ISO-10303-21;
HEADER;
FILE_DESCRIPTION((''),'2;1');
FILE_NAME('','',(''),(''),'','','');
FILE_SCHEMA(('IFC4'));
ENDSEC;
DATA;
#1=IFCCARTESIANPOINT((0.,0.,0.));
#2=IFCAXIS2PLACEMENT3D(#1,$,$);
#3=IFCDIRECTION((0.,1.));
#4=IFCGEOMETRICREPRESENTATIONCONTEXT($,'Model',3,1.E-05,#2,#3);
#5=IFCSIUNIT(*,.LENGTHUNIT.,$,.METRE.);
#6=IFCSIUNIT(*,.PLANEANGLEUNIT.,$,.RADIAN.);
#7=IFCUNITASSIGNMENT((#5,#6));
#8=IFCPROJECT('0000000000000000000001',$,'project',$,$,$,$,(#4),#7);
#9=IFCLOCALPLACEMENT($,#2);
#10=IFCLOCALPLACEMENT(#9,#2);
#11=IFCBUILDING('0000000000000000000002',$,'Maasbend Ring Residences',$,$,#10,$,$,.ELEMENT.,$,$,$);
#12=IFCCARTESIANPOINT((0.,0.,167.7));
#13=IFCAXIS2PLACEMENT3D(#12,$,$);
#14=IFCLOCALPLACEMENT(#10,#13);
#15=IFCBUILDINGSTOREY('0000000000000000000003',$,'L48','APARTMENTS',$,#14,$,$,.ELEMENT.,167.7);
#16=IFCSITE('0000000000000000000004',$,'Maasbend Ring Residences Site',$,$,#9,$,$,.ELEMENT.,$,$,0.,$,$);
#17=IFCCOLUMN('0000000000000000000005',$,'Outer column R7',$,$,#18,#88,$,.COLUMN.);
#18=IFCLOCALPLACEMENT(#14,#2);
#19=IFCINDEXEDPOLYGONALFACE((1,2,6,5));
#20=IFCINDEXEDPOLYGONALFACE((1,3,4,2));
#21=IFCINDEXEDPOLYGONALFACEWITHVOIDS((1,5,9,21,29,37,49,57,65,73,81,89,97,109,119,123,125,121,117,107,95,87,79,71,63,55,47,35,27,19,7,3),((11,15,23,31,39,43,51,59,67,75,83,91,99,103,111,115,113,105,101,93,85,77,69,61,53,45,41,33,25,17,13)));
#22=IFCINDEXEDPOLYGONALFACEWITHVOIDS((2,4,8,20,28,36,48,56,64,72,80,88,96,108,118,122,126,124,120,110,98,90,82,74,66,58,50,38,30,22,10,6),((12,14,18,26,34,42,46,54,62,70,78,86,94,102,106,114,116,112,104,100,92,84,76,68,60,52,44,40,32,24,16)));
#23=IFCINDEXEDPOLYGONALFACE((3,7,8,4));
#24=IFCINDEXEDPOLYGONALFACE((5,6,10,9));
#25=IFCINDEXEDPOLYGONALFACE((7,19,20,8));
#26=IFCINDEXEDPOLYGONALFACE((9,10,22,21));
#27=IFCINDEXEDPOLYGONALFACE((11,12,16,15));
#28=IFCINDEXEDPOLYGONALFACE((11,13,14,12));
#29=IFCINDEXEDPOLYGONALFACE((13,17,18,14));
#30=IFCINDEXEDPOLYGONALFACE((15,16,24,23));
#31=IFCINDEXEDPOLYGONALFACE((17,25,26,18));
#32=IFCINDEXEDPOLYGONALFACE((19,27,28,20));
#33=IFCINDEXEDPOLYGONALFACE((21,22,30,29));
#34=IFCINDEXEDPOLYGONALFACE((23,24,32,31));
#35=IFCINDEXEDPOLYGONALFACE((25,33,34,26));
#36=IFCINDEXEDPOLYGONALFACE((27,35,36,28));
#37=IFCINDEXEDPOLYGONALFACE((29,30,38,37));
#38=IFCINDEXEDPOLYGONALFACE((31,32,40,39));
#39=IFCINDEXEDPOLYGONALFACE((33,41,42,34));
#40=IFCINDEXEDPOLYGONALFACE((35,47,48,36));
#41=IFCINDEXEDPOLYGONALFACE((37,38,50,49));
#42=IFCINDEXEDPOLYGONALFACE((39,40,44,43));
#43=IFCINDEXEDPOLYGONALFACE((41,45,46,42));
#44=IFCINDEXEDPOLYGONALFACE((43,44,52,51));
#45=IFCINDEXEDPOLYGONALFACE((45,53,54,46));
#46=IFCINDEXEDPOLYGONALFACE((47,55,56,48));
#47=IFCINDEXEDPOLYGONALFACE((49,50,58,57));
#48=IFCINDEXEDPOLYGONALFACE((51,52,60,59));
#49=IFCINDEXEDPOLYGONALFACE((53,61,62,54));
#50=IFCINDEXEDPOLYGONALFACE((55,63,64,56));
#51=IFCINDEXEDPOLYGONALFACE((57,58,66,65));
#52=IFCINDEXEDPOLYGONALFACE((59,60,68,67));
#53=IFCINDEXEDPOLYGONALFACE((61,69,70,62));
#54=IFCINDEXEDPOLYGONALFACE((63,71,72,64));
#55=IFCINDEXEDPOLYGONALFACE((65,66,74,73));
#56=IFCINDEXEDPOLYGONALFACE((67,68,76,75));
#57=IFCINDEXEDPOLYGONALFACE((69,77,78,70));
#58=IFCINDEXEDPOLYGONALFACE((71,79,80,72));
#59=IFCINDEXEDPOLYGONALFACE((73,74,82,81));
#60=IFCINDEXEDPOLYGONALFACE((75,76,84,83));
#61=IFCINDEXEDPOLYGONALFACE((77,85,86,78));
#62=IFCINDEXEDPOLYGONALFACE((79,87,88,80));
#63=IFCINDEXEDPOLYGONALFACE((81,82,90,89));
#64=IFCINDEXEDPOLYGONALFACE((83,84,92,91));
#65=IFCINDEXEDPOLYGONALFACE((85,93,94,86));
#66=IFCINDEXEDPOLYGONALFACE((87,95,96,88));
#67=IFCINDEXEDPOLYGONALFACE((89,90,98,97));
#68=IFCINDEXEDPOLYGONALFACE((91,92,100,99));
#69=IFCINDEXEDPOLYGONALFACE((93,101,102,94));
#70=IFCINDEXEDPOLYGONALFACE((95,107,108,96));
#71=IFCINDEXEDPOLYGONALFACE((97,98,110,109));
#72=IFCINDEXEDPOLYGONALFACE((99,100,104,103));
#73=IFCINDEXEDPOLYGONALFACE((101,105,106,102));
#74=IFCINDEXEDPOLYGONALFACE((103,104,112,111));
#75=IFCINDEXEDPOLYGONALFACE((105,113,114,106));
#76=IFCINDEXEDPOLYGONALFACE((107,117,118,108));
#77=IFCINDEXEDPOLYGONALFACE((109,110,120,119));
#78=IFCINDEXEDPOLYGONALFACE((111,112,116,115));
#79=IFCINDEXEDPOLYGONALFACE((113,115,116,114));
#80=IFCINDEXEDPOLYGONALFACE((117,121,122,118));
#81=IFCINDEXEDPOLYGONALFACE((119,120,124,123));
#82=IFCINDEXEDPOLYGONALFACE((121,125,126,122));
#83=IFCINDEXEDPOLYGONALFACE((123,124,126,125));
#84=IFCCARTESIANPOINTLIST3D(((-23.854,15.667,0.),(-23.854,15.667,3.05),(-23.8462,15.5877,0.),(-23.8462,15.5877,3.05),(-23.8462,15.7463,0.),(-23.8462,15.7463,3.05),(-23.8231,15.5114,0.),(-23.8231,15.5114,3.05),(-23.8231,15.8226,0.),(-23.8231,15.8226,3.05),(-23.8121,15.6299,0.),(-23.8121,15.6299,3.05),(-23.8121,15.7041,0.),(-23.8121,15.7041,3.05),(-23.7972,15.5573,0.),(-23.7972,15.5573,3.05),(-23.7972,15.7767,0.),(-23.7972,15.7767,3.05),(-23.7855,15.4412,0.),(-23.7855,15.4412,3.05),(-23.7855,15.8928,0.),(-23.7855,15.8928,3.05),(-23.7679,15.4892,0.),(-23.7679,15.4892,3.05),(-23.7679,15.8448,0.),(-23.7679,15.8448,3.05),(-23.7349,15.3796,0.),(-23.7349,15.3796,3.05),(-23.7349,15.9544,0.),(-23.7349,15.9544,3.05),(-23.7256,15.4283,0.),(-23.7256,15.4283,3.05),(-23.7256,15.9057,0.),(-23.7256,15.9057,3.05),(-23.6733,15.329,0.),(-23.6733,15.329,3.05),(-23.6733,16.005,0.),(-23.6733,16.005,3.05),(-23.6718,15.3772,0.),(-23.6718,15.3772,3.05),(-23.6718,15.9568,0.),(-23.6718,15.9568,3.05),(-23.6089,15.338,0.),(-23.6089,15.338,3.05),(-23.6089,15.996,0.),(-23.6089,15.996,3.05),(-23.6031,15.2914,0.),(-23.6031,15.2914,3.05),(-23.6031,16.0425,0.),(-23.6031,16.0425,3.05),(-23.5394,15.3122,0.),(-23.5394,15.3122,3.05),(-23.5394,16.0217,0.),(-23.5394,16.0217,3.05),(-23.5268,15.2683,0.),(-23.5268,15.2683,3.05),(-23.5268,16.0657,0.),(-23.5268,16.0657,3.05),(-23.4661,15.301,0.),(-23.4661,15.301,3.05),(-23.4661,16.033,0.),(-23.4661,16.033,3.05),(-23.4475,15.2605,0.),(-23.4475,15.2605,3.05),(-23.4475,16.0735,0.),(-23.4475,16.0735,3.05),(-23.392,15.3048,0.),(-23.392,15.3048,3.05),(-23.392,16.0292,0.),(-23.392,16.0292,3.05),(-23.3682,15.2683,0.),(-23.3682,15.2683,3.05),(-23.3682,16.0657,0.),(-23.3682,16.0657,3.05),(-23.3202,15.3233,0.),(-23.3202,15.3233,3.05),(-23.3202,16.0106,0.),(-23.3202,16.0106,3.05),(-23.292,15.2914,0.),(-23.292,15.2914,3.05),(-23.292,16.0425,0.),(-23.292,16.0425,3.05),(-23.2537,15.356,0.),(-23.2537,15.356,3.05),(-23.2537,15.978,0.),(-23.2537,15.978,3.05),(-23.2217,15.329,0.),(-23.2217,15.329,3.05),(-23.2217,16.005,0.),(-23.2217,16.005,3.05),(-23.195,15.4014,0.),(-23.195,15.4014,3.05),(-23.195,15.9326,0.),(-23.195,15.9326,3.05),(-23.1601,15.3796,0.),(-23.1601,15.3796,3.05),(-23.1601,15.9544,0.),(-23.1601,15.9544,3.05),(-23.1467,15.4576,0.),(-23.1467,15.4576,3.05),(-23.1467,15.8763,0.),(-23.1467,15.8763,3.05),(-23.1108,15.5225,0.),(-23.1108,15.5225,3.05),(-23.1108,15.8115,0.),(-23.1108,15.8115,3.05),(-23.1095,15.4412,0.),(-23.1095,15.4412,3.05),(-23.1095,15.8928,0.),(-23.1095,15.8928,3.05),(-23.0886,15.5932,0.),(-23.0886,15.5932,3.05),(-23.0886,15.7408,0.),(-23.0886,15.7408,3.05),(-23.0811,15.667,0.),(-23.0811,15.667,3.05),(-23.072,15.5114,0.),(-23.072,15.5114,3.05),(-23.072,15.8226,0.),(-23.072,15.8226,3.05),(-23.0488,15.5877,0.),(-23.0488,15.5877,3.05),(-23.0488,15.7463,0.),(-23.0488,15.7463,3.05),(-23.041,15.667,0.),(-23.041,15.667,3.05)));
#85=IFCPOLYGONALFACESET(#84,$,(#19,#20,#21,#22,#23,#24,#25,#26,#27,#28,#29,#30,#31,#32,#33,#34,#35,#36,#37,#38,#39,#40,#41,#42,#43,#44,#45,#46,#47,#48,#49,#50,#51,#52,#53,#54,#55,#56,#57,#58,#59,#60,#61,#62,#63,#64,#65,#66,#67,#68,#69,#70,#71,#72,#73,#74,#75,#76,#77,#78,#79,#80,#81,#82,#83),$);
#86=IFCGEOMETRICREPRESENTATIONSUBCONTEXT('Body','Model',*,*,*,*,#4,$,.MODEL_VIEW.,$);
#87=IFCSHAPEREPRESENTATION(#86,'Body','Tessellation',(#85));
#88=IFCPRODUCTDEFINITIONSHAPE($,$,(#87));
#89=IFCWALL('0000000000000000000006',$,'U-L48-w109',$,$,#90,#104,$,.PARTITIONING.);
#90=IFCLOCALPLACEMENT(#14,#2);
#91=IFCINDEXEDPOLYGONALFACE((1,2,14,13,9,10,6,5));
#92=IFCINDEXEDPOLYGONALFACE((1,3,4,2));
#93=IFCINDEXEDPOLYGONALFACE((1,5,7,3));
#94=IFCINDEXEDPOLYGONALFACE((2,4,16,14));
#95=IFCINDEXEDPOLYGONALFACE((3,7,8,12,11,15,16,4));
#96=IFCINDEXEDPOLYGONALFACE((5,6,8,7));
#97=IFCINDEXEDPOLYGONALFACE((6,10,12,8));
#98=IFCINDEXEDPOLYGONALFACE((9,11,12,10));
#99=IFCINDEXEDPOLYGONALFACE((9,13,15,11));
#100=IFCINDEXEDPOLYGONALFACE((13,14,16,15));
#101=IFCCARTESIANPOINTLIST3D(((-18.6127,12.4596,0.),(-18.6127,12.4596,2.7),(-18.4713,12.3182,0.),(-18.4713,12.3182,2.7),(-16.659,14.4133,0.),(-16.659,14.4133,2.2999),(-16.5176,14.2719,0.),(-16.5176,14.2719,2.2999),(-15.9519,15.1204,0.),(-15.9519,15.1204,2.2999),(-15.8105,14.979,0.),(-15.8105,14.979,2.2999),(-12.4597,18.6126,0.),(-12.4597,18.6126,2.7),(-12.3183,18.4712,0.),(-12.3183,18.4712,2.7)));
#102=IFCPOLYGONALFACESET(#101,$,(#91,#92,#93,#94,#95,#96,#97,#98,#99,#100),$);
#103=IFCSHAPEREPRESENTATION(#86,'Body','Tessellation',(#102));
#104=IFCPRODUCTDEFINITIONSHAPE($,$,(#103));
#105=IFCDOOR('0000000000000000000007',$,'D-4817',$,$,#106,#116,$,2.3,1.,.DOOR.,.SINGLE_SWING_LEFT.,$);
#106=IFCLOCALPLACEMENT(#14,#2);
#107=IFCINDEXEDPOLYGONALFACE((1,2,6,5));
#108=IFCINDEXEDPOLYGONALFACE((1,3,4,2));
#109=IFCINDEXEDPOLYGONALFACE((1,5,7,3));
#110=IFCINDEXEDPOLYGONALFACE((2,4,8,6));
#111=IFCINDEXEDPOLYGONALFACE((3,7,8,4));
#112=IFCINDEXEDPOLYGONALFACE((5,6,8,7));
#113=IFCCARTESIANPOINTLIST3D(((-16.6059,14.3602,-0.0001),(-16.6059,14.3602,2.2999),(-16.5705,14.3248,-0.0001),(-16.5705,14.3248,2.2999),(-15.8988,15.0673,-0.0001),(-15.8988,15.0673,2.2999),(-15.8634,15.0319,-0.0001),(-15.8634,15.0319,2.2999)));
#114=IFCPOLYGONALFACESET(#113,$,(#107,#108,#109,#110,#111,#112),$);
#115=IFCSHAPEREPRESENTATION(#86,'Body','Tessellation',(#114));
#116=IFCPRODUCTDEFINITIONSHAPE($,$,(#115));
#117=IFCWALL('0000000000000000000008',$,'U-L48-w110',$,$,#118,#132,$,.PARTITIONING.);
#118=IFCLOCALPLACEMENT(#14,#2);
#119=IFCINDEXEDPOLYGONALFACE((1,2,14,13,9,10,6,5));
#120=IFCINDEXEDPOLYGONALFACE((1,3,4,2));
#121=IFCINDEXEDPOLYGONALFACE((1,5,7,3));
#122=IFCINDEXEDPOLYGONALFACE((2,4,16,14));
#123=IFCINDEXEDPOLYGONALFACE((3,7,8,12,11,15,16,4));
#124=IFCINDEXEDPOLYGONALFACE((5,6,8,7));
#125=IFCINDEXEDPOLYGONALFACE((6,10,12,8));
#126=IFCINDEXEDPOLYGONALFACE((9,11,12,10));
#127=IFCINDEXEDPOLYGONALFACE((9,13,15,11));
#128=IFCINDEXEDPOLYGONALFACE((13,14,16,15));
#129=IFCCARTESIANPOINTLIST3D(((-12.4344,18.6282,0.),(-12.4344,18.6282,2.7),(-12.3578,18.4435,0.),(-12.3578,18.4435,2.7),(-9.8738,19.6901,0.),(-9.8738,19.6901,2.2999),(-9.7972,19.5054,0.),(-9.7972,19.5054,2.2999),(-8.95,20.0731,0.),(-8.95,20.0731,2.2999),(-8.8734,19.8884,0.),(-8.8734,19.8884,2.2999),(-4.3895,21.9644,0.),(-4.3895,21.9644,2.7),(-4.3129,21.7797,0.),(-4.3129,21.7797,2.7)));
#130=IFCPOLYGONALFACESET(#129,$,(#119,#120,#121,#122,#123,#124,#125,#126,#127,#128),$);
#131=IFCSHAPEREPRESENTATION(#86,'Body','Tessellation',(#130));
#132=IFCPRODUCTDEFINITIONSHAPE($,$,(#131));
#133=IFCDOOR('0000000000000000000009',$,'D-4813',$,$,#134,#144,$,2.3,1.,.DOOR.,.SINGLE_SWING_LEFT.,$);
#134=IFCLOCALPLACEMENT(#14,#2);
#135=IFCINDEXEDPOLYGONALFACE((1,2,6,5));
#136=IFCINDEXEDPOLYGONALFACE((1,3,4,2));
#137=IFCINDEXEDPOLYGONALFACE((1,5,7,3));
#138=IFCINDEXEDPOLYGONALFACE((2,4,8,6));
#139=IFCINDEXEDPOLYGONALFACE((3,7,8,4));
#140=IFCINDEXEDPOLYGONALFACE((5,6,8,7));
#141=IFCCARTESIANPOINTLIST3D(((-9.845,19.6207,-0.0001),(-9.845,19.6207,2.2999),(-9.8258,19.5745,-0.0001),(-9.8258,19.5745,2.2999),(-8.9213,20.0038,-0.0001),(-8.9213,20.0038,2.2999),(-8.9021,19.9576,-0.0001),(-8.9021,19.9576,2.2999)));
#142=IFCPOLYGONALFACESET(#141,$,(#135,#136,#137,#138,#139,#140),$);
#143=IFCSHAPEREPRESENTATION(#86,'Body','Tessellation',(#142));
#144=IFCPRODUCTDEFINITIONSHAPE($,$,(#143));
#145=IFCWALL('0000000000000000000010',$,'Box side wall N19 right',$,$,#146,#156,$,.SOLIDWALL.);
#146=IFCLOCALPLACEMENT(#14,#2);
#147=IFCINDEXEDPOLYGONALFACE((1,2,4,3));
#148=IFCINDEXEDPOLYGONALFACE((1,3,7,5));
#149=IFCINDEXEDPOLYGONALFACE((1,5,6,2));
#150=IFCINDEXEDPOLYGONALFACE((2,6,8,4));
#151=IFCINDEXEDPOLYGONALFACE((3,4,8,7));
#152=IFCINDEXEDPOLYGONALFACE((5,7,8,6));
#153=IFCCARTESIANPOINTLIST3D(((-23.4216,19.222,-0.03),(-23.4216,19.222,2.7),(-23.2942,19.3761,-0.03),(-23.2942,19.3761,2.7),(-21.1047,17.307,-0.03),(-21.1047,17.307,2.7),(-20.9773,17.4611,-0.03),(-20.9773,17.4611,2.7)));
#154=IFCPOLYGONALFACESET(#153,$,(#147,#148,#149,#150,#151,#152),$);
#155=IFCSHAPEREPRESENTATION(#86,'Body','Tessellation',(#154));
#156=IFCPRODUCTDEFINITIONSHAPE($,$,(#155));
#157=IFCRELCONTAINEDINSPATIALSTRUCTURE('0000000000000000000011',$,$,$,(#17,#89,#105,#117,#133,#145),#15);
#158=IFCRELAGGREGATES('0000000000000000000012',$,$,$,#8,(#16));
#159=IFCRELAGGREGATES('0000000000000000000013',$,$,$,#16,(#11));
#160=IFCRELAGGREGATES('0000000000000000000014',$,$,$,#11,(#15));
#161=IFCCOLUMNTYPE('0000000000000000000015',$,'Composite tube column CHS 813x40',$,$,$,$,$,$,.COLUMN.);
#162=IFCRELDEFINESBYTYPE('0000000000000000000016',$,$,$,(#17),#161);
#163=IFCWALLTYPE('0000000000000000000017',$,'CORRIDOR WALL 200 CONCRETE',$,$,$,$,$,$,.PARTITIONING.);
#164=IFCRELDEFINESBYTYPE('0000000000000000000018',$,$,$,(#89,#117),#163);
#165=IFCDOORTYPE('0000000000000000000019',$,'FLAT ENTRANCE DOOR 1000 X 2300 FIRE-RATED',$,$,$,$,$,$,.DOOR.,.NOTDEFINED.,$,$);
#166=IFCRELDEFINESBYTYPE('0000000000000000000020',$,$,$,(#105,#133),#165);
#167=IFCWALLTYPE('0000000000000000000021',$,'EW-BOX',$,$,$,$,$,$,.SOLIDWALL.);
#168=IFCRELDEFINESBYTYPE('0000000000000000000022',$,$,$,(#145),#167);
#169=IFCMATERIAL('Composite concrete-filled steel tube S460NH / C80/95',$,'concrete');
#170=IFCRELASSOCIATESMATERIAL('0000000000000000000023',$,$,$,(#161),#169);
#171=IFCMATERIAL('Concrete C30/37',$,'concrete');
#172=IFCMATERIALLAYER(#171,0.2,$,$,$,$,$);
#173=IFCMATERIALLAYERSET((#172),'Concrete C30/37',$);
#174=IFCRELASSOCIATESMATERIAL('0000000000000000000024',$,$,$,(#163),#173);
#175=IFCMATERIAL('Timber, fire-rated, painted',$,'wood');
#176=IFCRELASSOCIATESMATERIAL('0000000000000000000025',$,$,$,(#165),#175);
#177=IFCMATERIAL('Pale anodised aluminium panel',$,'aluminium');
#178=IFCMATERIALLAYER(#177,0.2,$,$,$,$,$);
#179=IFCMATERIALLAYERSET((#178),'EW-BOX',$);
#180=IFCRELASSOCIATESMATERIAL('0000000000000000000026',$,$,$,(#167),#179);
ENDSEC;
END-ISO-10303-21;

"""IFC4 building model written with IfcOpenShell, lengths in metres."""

from ifc_helpers import new_model, si_unit, direction, frame, frame_2d, origin, origin_2d, place, context, subcontext, project, spatial, rectangle, hollow_circle, extrude, material, layer, layer_set, material_profile, profile_set, type_object, element, fill, save


model = new_model("IFC4")

# Units and contexts
model_context = context("Model", 3, precision=1e-05, world=origin(), true_north=direction((0.0, 1.0)))
body_context = subcontext(model_context, "Body", "Model", "MODEL_VIEW")
ifc_project = project(units=[si_unit("LENGTHUNIT", "METRE"), si_unit("PLANEANGLEUNIT", "RADIAN")], contexts=[model_context])

# Site, building, storey
site_placement = place(None, origin())
site = spatial("IfcSite", under=ifc_project, at=site_placement, Name="Maasbend Ring Residences Site", CompositionType="ELEMENT", RefElevation=0.0)
building_placement = place(site_placement, origin())
building = spatial("IfcBuilding", under=site, at=building_placement, Name="Maasbend Ring Residences", CompositionType="ELEMENT")
storey_placement = place(building_placement, frame((0.0, 0.0, 167.7)))
storey = spatial("IfcBuildingStorey", under=building, at=storey_placement, Name="L48", Description="APARTMENTS", CompositionType="ELEMENT", Elevation=167.7)

# Column
ifc_material_1 = material(Name="Composite concrete-filled steel tube S460NH / C80/95", Category="concrete")
ifc_material_profile = material_profile(ifc_material_1, hollow_circle(Radius=0.4065, WallThickness=0.04, at=origin_2d()), Name="Composite tube column CHS 813x40")
ifc_profile_set = profile_set([ifc_material_profile], Name="Composite concrete-filled steel tube S460NH / C80/95")
column_type = type_object("IfcColumnType", Name="Composite tube column CHS 813x40", PredefinedType="COLUMN", material=ifc_profile_set)
column_placement = place(storey_placement, frame((-23.4475, 15.667, 0.0), z_axis=(0.0, 0.0, 1.0), x_axis=(1.0, 0.0, 0.0)))
element("IfcColumn", 1, at=column_placement, inside=storey, type_object=column_type, Name="Outer column R7", PredefinedType="COLUMN", context=body_context, shape_type="SweptSolid", body=[
    extrude(hollow_circle(Radius=0.4065, WallThickness=0.04, at=origin_2d()), origin(), (0.0, 0.0, 1.0), 3.05),
])

# Walls, openings, doors
ifc_material_2 = material(Name="Concrete C30/37", Category="concrete")
ifc_layer_1 = layer(ifc_material_2, 0.2)
ifc_layer_set_1 = layer_set([ifc_layer_1], Name="Concrete C30/37")
wall_type_1 = type_object("IfcWallType", Name="CORRIDOR WALL 200 CONCRETE", PredefinedType="PARTITIONING", material=ifc_layer_set_1)
wall_1_placement = place(storey_placement, frame((-18.542, 12.3889, 0.0), z_axis=(0.0, 0.0, 1.0), x_axis=(0.707107, 0.707107, 0.0)))
wall_1 = element("IfcWall", 2, at=wall_1_placement, inside=storey, type_object=wall_type_1, Name="U-L48-w109", PredefinedType="PARTITIONING", context=body_context, shape_type="SweptSolid", body=[
    extrude(rectangle(XDim=8.7017, YDim=0.2, at=frame_2d((4.3508, 0.0))), origin(), (0.0, 0.0, 1.0), 2.7),
])
opening_1_placement = place(wall_1_placement, frame((2.7629, 0.0, 0.0)))
opening_1 = element("IfcOpeningElement", 3, at=opening_1_placement, cuts=wall_1, PredefinedType="OPENING", context=body_context, shape_type="SweptSolid", body=[
    extrude(rectangle(XDim=1.0, YDim=2.3, at=frame_2d((0.5, 1.1499))), frame((0.0, 0.1099, 0.0), z_axis=(0.0, -1.0, 0.0), x_axis=(1.0, 0.0, 0.0)), (0.0, 0.0, 1.0), 0.22),
])
ifc_material_3 = material(Name="Timber, fire-rated, painted", Category="wood")
door_type_1 = type_object("IfcDoorType", Name="FLAT ENTRANCE DOOR 1000 X 2300 FIRE-RATED", OperationType="NOTDEFINED", PredefinedType="DOOR", material=ifc_material_3)
door_1_placement = place(opening_1_placement, origin())
door_1 = element("IfcDoor", 4, at=door_1_placement, inside=storey, type_object=door_type_1, Name="D-4817", OperationType="SINGLE_SWING_LEFT", OverallHeight=2.3, OverallWidth=1.0, PredefinedType="DOOR", context=body_context, shape_type="SweptSolid", body=[
    extrude(rectangle(XDim=1.0, YDim=2.3, at=frame_2d((0.5, 1.1499))), frame((0.0, 0.0249, 0.0), z_axis=(0.0, -1.0, 0.0), x_axis=(1.0, 0.0, 0.0)), (0.0, 0.0, 1.0), 0.05),
])
fill(opening_1, door_1)
wall_2_placement = place(storey_placement, frame((-12.396, 18.5359, 0.0), z_axis=(0.0, 0.0, 1.0), x_axis=(0.923723, 0.383062, 0.0)))
wall_2 = element("IfcWall", 5, at=wall_2_placement, inside=storey, type_object=wall_type_1, Name="U-L48-w110", PredefinedType="PARTITIONING", context=body_context, shape_type="SweptSolid", body=[
    extrude(rectangle(XDim=8.7092, YDim=0.2, at=frame_2d((4.3545, 0.0))), origin(), (0.0, 0.0, 1.0), 2.7),
])
opening_2_placement = place(wall_2_placement, frame((2.772, 0.0, 0.0)))
opening_2 = element("IfcOpeningElement", 6, at=opening_2_placement, cuts=wall_2, PredefinedType="OPENING", context=body_context, shape_type="SweptSolid", body=[
    extrude(rectangle(XDim=1.0, YDim=2.3, at=frame_2d((0.5, 1.1499))), frame((0.0, 0.1099, 0.0), z_axis=(0.0, -1.0, 0.0), x_axis=(1.0, 0.0, 0.0)), (0.0, 0.0, 1.0), 0.22),
])
door_2_placement = place(opening_2_placement, origin())
door_2 = element("IfcDoor", 7, at=door_2_placement, inside=storey, type_object=door_type_1, Name="D-4813", OperationType="SINGLE_SWING_LEFT", OverallHeight=2.3, OverallWidth=1.0, PredefinedType="DOOR", context=body_context, shape_type="SweptSolid", body=[
    extrude(rectangle(XDim=1.0, YDim=2.3, at=frame_2d((0.5, 1.1499))), frame((0.0, 0.0249, 0.0), z_axis=(0.0, -1.0, 0.0), x_axis=(1.0, 0.0, 0.0)), (0.0, 0.0, 1.0), 0.05),
])
fill(opening_2, door_2)

# Wall
ifc_material_4 = material(Name="Pale anodised aluminium panel", Category="aluminium")
ifc_layer_2 = layer(ifc_material_4, 0.2)
ifc_layer_set_2 = layer_set([ifc_layer_2], Name="EW-BOX")
wall_type_2 = type_object("IfcWallType", Name="EW-BOX", PredefinedType="SOLIDWALL", material=ifc_layer_set_2)
wall_3_placement = place(storey_placement, frame((-21.041, 17.384, -0.03), z_axis=(0.0, 0.0, 1.0), x_axis=(-0.770785, 0.637096, 0.0)))
element("IfcWall", 8, at=wall_3_placement, inside=storey, type_object=wall_type_2, Name="Box side wall N19 right", PredefinedType="SOLIDWALL", context=body_context, shape_type="SweptSolid", body=[
    extrude(rectangle(XDim=3.0059, YDim=0.2, at=frame_2d((1.5029, 0.0))), origin(), (0.0, 0.0, 1.0), 2.73),
])

save(model, "model.ifc")
